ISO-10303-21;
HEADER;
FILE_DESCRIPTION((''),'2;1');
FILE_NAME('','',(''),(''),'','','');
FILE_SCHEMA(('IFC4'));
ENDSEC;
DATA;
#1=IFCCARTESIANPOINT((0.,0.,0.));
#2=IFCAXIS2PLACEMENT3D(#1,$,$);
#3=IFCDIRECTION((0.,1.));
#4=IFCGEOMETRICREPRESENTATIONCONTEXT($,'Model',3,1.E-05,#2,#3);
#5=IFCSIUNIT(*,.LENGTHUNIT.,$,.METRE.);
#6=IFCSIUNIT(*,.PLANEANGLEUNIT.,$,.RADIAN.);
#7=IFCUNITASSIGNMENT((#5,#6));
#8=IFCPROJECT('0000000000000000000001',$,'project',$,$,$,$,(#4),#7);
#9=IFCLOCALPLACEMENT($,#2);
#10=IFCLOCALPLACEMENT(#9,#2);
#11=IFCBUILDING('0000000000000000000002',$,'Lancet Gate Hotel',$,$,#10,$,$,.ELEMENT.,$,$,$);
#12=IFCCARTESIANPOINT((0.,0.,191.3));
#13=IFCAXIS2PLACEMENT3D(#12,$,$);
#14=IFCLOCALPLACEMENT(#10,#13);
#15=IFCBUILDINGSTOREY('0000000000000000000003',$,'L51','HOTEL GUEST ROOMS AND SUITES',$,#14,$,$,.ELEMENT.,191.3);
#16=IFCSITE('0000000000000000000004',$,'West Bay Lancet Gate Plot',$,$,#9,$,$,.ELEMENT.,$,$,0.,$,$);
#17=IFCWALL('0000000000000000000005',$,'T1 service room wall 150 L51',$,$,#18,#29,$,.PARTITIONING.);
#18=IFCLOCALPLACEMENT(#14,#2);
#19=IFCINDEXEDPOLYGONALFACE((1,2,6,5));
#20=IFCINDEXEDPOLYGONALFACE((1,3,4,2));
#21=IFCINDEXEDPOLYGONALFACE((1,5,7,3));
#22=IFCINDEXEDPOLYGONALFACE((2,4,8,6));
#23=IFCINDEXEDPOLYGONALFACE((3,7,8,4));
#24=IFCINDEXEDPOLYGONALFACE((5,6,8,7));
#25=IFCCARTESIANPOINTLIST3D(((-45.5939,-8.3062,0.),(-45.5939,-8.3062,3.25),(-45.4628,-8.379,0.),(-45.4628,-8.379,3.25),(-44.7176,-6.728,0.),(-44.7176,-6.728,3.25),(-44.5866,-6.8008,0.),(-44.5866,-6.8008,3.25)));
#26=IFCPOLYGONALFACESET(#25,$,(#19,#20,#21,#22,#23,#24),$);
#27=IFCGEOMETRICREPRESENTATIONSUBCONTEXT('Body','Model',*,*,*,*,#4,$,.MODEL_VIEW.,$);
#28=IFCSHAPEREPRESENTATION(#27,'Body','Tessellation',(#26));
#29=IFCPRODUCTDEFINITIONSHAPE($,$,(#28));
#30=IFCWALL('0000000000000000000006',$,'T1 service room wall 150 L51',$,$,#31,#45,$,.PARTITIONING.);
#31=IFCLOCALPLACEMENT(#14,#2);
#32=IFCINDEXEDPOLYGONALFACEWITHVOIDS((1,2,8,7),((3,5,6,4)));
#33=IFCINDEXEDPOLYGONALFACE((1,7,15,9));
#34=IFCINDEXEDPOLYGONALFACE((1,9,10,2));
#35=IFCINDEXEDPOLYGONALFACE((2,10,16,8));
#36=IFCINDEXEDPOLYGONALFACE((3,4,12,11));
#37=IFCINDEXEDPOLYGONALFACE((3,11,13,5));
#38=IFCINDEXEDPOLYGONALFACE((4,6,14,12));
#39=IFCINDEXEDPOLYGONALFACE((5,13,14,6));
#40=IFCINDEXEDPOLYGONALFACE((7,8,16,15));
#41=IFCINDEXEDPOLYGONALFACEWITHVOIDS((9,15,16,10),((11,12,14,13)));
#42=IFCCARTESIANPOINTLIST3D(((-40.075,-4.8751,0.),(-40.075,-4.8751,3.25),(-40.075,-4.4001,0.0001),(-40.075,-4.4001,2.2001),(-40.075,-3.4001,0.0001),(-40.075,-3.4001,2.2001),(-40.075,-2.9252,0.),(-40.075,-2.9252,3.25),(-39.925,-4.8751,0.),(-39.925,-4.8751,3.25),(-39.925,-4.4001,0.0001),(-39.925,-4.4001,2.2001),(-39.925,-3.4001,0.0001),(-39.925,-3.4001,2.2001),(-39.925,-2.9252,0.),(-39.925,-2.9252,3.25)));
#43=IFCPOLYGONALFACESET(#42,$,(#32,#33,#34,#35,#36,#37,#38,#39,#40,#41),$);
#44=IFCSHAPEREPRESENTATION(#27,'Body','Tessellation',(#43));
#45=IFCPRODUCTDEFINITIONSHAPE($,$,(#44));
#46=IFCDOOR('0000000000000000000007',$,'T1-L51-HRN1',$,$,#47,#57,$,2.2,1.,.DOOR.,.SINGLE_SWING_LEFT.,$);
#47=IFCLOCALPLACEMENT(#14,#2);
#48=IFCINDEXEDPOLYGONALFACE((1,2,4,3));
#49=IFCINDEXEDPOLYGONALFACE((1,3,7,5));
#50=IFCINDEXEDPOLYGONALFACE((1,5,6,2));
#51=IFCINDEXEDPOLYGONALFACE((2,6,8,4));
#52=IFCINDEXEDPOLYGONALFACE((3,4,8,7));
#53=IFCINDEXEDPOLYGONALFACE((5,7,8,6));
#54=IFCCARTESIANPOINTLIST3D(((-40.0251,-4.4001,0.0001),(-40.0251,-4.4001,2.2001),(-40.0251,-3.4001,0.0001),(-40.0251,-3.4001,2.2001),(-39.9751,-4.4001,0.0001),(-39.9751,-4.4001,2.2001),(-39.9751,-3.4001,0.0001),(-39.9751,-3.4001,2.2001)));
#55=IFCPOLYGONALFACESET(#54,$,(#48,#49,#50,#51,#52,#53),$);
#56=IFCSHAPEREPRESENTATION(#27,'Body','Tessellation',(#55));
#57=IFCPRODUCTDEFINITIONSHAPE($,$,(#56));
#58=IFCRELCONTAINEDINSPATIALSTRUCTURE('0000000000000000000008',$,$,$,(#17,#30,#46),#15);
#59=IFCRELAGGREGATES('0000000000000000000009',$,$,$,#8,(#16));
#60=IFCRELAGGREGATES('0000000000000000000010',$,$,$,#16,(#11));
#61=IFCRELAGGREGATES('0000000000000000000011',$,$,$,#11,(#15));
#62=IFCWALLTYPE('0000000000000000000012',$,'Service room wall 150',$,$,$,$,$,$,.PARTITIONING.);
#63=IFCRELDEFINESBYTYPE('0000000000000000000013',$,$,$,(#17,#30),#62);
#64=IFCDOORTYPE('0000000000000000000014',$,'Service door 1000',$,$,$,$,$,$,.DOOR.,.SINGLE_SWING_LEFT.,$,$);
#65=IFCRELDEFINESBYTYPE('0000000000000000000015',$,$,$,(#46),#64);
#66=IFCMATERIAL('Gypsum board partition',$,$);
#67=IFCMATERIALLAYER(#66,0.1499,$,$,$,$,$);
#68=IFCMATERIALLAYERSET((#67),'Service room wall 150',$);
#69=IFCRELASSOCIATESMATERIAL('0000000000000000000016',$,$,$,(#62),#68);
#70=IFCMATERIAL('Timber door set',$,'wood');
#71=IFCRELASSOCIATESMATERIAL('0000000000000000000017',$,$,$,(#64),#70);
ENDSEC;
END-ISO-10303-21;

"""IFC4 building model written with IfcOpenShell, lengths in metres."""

from ifc_helpers import new_model, si_unit, direction, frame, frame_2d, origin, place, context, subcontext, project, spatial, rectangle, extrude, material, layer, layer_set, type_object, element, fill, save


model = new_model("IFC4")

# Units and contexts
model_context = context("Model", 3, precision=1e-05, world=origin(), true_north=direction((0.0, 1.0)))
body_context = subcontext(model_context, "Body", "Model", "MODEL_VIEW")
ifc_project = project(units=[si_unit("LENGTHUNIT", "METRE"), si_unit("PLANEANGLEUNIT", "RADIAN")], contexts=[model_context])

# Site, building, storey
site_placement = place(None, origin())
site = spatial("IfcSite", under=ifc_project, at=site_placement, Name="West Bay Lancet Gate Plot", CompositionType="ELEMENT", RefElevation=0.0)
building_placement = place(site_placement, origin())
building = spatial("IfcBuilding", under=site, at=building_placement, Name="Lancet Gate Hotel", CompositionType="ELEMENT")
storey_placement = place(building_placement, frame((0.0, 0.0, 191.3)))
storey = spatial("IfcBuildingStorey", under=building, at=storey_placement, Name="L51", Description="HOTEL GUEST ROOMS AND SUITES", CompositionType="ELEMENT", Elevation=191.3)

# Wall
ifc_material_1 = material(Name="Gypsum board partition")
ifc_layer_1 = layer(ifc_material_1, 0.1499)
ifc_layer_set_1 = layer_set([ifc_layer_1], Name="Service room wall 150")
wall_type_1 = type_object("IfcWallType", Name="Service room wall 150", PredefinedType="PARTITIONING", material=ifc_layer_set_1)
wall_1_placement = place(storey_placement, frame((-44.6521, -6.7644, 0.0), z_axis=(0.0, 0.0, 1.0), x_axis=(-0.485425, -0.874278, 0.0)))
element("IfcWall", 1, at=wall_1_placement, inside=storey, type_object=wall_type_1, Name="T1 service room wall 150 L51", PredefinedType="PARTITIONING", context=body_context, shape_type="SweptSolid", body=[
    extrude(rectangle(XDim=1.8052, YDim=0.1499, at=frame_2d((0.9026, 0.0))), origin(), (0.0, 0.0, 1.0), 3.25),
])

# Wall, opening, door
wall_2_placement = place(storey_placement, frame((-40.0, -2.925, 0.0), z_axis=(0.0, 0.0, 1.0), x_axis=(0.0, -1.0, 0.0)))
wall_2 = element("IfcWall", 2, at=wall_2_placement, inside=storey, type_object=wall_type_1, Name="T1 service room wall 150 L51", PredefinedType="PARTITIONING", context=body_context, shape_type="SweptSolid", body=[
    extrude(rectangle(XDim=1.95, YDim=0.1499, at=frame_2d((0.9751, 0.0))), origin(), (0.0, 0.0, 1.0), 3.25),
])
opening_1_placement = place(wall_2_placement, frame((0.4751, 0.0, 0.0)))
opening_1 = element("IfcOpeningElement", 3, at=opening_1_placement, cuts=wall_2, PredefinedType="OPENING", context=body_context, shape_type="SweptSolid", body=[
    extrude(rectangle(XDim=1.0, YDim=2.2, at=frame_2d((0.5, 1.1001))), frame((0.0, 0.085, 0.0), z_axis=(0.0, -1.0, 0.0), x_axis=(1.0, 0.0, 0.0)), (0.0, 0.0, 1.0), 0.1699),
])
ifc_material_2 = material(Name="Timber door set", Category="wood")
door_type_1 = type_object("IfcDoorType", Name="Service door 1000", OperationType="SINGLE_SWING_LEFT", PredefinedType="DOOR", material=ifc_material_2)
door_1_placement = place(opening_1_placement, origin())
door_1 = element("IfcDoor", 4, at=door_1_placement, inside=storey, type_object=door_type_1, Name="T1-L51-HRN1", OperationType="SINGLE_SWING_LEFT", OverallHeight=2.2, OverallWidth=1.0, PredefinedType="DOOR", context=body_context, shape_type="SweptSolid", body=[
    extrude(rectangle(XDim=1.0, YDim=2.2, at=frame_2d((0.5, 1.1001))), frame((0.0, 0.0249, 0.0), z_axis=(0.0, -1.0, 0.0), x_axis=(1.0, 0.0, 0.0)), (0.0, 0.0, 1.0), 0.05),
])
fill(opening_1, door_1)

save(model, "model.ifc")
